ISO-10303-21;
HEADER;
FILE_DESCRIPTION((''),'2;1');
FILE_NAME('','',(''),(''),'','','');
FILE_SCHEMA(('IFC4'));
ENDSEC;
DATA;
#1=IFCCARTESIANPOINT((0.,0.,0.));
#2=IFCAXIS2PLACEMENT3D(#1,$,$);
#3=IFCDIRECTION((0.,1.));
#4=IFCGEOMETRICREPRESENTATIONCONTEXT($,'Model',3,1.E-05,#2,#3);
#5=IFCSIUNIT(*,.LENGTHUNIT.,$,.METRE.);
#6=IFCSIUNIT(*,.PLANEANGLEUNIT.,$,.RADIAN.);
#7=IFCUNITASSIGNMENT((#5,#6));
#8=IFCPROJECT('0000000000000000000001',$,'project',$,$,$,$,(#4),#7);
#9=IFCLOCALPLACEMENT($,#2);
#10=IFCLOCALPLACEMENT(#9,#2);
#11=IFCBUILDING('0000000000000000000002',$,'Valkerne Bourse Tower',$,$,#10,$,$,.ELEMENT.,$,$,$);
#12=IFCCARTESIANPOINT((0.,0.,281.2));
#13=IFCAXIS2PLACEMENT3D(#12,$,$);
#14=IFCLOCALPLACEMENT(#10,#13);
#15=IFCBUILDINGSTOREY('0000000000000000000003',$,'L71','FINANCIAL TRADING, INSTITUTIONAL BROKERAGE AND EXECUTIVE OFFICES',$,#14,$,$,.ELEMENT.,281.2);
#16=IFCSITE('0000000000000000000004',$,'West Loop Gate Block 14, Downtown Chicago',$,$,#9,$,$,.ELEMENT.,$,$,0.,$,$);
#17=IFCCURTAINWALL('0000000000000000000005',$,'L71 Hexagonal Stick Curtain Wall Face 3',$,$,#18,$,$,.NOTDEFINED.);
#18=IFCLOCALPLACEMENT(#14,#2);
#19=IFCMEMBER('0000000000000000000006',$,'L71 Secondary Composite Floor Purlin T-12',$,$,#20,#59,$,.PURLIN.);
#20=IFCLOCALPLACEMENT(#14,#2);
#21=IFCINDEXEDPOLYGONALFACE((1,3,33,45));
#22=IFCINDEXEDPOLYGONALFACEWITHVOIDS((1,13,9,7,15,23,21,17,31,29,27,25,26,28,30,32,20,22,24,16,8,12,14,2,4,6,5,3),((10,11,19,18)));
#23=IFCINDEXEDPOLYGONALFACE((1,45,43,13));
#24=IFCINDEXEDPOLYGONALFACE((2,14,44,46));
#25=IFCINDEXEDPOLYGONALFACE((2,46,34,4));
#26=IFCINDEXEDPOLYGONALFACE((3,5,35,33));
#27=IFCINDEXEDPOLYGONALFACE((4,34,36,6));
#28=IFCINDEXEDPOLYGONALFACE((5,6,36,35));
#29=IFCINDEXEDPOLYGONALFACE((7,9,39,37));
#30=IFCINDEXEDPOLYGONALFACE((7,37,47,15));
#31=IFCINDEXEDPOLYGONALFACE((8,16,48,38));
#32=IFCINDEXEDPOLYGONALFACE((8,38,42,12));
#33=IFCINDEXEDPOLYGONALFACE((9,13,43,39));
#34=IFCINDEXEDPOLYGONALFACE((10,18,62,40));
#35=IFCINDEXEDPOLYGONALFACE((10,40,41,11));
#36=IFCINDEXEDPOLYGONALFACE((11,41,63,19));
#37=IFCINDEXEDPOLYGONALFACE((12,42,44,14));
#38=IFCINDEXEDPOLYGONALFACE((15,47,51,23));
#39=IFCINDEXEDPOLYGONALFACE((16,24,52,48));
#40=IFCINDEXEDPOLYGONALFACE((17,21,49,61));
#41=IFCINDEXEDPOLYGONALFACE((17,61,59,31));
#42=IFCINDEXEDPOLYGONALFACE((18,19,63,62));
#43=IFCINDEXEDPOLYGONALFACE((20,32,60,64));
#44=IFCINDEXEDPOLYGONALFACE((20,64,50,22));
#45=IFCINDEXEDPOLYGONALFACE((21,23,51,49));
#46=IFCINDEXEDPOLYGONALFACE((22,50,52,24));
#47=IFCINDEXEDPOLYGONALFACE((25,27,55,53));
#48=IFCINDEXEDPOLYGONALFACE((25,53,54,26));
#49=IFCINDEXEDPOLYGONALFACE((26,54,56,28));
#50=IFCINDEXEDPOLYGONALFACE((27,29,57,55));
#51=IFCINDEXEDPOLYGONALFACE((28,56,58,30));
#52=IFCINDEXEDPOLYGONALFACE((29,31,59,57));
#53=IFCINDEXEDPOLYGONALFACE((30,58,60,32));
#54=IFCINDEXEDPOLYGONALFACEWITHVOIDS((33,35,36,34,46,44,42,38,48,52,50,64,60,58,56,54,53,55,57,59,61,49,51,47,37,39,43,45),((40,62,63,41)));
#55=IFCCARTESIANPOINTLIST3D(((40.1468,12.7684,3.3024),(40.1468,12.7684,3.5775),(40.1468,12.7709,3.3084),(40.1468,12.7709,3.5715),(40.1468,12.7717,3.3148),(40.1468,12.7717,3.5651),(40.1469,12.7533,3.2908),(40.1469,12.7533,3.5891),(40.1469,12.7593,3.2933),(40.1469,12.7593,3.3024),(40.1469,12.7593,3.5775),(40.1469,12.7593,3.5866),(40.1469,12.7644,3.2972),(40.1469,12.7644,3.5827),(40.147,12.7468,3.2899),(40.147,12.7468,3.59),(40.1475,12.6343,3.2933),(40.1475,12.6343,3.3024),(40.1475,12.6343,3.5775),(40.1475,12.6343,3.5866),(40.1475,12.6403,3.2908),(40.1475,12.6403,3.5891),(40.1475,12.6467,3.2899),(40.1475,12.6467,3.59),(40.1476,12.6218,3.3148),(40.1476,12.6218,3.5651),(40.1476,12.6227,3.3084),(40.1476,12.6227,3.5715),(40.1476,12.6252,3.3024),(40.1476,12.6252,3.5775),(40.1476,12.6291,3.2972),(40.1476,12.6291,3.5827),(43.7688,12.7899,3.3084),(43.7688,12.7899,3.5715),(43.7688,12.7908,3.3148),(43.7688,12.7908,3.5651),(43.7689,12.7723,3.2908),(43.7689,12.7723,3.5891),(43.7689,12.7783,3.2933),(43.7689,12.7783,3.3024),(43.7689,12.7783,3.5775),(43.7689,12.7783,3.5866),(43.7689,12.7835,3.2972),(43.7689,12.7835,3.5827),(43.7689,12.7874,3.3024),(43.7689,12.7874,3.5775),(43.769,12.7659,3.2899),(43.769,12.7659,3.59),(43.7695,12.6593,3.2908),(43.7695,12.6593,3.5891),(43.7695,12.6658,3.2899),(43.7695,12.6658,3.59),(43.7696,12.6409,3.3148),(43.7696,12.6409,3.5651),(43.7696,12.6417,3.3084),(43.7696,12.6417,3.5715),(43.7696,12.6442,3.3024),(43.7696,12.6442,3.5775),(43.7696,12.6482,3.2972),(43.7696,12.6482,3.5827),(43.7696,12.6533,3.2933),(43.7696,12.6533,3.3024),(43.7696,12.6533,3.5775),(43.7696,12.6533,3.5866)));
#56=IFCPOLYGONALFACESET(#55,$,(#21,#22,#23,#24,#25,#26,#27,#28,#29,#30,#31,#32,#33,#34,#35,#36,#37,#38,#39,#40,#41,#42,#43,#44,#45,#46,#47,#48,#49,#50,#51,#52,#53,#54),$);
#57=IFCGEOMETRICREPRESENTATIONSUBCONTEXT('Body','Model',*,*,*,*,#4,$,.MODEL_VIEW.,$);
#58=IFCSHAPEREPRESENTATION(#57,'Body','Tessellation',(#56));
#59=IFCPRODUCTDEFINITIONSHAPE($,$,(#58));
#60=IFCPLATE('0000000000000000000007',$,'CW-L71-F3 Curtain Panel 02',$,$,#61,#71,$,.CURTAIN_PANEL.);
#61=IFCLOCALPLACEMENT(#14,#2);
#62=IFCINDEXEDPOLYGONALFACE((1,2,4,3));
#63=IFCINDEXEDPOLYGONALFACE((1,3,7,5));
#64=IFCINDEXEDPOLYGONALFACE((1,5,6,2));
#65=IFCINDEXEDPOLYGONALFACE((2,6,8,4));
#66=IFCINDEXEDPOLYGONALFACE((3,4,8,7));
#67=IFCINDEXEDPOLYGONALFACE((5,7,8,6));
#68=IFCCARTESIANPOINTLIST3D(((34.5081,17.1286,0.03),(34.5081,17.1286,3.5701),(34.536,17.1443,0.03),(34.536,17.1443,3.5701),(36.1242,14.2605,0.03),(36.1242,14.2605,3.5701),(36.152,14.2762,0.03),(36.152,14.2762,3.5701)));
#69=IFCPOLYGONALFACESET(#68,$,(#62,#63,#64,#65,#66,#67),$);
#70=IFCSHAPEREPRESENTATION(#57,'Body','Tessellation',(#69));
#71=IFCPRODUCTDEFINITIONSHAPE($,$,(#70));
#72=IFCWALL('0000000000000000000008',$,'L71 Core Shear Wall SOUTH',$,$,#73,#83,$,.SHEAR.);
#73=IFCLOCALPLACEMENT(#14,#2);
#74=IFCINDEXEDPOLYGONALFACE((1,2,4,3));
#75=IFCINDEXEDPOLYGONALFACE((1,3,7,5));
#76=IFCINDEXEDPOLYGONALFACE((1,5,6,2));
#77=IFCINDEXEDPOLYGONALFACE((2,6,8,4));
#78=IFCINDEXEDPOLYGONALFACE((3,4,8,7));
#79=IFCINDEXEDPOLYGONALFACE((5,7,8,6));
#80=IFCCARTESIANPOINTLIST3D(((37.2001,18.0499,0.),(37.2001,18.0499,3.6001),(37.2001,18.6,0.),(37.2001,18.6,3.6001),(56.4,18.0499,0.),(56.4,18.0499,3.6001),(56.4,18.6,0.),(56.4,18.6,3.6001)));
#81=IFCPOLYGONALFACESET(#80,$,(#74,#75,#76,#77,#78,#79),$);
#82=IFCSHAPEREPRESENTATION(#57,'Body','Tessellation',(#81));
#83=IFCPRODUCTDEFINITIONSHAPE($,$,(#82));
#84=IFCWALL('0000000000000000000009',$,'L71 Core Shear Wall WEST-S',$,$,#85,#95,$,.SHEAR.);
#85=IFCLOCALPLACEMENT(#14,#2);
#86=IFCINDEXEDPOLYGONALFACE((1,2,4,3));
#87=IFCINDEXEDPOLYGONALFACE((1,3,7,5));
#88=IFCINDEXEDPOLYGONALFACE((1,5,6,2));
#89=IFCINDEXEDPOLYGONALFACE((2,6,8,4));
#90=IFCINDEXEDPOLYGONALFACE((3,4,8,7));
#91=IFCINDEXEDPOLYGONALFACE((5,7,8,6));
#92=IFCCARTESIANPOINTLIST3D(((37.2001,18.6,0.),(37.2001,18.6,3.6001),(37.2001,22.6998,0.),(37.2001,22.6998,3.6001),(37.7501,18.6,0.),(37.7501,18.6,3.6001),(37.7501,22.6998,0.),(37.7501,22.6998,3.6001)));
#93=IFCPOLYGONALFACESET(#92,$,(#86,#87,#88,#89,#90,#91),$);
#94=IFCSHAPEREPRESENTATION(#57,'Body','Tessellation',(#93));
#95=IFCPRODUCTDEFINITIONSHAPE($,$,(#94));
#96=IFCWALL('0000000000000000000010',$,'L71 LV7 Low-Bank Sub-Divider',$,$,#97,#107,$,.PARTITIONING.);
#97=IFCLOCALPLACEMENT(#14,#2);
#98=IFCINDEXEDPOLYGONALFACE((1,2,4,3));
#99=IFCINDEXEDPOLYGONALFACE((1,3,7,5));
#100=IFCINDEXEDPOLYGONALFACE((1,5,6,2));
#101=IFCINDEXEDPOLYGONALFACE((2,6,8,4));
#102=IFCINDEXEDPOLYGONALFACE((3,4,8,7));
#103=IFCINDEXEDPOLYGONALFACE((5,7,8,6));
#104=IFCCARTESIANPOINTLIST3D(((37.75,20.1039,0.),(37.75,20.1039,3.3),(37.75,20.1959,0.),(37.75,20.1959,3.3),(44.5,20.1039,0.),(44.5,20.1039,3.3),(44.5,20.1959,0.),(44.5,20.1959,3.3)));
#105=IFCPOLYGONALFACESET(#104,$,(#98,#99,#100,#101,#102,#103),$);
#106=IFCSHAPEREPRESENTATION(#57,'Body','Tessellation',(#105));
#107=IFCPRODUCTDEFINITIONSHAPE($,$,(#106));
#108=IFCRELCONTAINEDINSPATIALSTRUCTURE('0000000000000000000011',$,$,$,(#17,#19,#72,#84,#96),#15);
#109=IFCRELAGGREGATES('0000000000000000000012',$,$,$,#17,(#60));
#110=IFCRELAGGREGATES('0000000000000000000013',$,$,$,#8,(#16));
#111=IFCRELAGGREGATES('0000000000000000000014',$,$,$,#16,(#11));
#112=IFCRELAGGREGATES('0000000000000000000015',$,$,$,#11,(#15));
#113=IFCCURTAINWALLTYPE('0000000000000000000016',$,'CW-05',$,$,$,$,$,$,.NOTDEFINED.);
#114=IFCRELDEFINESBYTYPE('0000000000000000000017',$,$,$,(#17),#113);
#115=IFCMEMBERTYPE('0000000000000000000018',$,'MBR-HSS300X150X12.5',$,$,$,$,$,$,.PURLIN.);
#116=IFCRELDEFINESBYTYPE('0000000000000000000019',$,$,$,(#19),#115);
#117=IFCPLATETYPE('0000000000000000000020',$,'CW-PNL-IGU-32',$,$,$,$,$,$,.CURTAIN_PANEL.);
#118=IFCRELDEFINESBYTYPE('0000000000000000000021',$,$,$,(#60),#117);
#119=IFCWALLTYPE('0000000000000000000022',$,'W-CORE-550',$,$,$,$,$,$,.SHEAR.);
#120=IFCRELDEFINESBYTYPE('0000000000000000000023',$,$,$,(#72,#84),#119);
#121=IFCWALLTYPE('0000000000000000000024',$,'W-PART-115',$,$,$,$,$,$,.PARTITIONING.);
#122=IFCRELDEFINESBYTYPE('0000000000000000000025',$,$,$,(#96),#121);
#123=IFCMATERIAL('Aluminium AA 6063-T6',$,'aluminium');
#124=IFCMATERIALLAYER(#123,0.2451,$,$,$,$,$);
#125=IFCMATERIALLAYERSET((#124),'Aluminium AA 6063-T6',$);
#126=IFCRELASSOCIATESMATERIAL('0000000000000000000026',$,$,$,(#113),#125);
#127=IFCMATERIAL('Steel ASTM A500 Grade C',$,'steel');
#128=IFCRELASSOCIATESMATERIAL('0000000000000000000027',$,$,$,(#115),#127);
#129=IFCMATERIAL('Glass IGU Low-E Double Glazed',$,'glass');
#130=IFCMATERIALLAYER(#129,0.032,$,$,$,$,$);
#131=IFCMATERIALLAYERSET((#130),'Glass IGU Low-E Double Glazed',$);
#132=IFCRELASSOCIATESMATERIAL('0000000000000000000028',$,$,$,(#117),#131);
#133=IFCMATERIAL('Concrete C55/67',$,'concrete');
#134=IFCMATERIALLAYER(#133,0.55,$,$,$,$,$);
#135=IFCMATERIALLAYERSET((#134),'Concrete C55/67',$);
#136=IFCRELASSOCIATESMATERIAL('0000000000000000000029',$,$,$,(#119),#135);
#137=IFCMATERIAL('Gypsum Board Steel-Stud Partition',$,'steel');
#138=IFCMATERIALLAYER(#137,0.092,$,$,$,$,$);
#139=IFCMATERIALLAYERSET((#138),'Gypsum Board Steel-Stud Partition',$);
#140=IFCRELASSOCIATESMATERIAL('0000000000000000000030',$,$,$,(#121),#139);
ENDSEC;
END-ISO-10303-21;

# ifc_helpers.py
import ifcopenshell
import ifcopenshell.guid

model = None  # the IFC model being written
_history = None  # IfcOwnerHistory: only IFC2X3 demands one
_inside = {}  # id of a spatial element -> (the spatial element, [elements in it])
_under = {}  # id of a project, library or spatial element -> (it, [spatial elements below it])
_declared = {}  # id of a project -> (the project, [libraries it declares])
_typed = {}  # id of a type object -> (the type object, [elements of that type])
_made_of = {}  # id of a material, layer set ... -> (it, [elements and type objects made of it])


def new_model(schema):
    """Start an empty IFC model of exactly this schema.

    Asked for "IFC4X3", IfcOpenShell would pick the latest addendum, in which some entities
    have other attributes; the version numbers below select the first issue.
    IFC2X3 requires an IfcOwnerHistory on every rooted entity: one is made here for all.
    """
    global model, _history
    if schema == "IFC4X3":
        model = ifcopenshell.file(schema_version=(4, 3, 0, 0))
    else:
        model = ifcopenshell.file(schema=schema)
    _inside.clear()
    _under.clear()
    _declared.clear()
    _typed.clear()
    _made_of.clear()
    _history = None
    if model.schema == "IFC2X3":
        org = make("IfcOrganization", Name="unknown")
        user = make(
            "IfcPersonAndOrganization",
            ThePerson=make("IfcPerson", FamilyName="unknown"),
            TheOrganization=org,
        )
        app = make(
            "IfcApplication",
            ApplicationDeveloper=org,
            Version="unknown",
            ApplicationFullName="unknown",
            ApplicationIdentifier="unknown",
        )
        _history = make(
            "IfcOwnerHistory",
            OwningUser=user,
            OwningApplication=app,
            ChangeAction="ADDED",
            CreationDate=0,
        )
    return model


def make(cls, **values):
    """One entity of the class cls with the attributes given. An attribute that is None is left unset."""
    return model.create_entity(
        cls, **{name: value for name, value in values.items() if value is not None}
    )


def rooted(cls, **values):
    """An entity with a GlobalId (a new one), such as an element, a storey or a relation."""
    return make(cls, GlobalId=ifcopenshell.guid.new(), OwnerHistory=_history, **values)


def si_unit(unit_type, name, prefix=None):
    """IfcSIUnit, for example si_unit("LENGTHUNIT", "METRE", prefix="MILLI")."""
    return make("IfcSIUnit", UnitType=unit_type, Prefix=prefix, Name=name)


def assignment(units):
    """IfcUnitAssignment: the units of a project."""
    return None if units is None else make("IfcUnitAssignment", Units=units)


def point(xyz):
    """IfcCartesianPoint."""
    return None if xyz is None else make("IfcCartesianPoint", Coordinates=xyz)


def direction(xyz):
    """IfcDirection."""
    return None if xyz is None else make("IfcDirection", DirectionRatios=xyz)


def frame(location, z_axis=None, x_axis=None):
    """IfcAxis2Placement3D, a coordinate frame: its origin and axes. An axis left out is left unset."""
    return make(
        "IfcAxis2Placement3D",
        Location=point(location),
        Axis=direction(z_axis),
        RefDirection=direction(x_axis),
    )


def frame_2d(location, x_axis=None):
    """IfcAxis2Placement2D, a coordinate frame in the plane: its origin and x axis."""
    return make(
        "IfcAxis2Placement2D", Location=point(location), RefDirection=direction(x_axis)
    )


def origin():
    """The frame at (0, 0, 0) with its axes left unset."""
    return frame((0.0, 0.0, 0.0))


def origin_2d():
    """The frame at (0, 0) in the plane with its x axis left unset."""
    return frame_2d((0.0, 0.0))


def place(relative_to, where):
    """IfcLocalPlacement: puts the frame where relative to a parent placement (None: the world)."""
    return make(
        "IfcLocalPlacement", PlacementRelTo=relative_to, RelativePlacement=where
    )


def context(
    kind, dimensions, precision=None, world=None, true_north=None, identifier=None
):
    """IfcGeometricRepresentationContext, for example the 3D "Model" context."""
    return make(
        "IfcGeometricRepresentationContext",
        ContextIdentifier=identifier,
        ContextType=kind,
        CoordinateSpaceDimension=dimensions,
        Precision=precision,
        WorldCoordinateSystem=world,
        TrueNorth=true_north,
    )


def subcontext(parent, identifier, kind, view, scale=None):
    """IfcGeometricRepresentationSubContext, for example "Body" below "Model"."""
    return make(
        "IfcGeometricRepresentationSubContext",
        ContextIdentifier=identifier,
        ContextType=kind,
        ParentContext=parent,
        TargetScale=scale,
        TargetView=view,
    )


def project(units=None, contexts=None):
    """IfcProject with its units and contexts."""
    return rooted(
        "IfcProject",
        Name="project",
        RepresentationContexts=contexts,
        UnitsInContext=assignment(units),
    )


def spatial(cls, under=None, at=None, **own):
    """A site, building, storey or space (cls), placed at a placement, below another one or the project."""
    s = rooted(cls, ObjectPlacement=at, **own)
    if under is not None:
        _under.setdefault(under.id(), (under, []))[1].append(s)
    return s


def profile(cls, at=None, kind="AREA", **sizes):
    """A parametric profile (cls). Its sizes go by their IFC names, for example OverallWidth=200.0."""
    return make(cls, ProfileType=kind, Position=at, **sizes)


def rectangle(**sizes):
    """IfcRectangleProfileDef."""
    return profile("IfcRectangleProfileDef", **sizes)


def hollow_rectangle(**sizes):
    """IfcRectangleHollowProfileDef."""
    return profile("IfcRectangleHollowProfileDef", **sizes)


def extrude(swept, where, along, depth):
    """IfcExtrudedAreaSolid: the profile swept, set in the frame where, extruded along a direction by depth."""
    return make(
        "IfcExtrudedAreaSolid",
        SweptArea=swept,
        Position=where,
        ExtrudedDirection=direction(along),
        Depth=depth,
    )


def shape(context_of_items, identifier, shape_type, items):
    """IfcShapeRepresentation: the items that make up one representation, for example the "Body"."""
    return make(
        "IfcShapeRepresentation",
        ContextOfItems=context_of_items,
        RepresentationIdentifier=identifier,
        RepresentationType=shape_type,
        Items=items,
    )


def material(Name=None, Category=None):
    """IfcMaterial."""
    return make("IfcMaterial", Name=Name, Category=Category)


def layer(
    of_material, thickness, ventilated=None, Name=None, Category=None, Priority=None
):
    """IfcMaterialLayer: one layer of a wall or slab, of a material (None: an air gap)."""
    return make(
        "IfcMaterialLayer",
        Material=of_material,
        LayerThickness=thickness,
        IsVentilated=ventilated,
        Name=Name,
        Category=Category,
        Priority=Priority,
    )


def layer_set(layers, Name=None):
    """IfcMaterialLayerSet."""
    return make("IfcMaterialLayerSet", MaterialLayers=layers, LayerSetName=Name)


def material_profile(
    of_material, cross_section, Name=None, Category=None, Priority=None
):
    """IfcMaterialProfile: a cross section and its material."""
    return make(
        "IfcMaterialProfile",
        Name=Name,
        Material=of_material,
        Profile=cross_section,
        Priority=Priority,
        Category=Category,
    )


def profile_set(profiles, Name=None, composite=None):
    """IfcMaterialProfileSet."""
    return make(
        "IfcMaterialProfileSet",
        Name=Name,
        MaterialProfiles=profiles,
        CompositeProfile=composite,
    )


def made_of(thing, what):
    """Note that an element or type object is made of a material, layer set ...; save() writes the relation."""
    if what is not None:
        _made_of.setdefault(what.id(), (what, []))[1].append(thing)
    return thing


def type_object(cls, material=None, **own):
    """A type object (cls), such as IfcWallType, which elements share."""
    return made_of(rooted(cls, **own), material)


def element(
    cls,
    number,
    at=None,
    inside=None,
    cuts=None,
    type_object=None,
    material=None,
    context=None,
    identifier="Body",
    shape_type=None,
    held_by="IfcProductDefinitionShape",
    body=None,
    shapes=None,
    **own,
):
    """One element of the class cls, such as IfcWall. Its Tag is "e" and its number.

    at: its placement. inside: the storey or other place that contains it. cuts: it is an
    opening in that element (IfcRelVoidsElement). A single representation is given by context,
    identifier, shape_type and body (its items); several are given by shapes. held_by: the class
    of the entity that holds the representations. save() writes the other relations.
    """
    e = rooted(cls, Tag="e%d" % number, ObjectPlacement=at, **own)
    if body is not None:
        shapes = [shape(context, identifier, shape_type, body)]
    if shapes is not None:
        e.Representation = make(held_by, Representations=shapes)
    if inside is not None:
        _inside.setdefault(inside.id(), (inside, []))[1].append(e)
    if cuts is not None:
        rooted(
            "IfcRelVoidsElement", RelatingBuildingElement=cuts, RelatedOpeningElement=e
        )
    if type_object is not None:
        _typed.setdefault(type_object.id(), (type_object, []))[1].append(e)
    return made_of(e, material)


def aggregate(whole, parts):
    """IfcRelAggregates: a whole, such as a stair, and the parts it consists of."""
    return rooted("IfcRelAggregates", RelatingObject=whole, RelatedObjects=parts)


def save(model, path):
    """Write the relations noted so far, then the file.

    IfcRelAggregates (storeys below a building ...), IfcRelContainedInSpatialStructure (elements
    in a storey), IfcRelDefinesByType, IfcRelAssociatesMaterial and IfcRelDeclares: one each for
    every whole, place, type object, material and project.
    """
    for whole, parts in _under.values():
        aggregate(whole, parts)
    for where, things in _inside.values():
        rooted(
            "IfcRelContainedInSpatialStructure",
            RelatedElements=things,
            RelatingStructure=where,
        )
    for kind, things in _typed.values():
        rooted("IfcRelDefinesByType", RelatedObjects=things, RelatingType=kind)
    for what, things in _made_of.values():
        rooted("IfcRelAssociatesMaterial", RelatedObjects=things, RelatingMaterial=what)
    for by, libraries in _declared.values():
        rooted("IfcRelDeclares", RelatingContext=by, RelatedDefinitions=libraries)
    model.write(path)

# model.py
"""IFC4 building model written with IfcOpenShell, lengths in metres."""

from ifc_helpers import new_model, si_unit, direction, frame, frame_2d, origin, origin_2d, place, context, subcontext, project, spatial, rectangle, hollow_rectangle, extrude, material, layer, layer_set, material_profile, profile_set, type_object, element, aggregate, save


model = new_model("IFC4")

# Units and contexts
model_context = context("Model", 3, precision=1e-05, world=origin(), true_north=direction((0.0, 1.0)))
body_context = subcontext(model_context, "Body", "Model", "MODEL_VIEW")
ifc_project = project(units=[si_unit("LENGTHUNIT", "METRE"), si_unit("PLANEANGLEUNIT", "RADIAN")], contexts=[model_context])

# Site, building, storey
site_placement = place(None, origin())
site = spatial("IfcSite", under=ifc_project, at=site_placement, Name="West Loop Gate Block 14, Downtown Chicago", CompositionType="ELEMENT", RefElevation=0.0)
building_placement = place(site_placement, origin())
building = spatial("IfcBuilding", under=site, at=building_placement, Name="Valkerne Bourse Tower", CompositionType="ELEMENT")
storey_placement = place(building_placement, frame((0.0, 0.0, 281.2)))
storey = spatial("IfcBuildingStorey", under=building, at=storey_placement, Name="L71", Description="FINANCIAL TRADING, INSTITUTIONAL BROKERAGE AND EXECUTIVE OFFICES", CompositionType="ELEMENT", Elevation=281.2)

# Curtain wall
ifc_material_1 = material(Name="Aluminium AA 6063-T6", Category="aluminium")
ifc_layer_1 = layer(ifc_material_1, 0.2451)
ifc_layer_set_1 = layer_set([ifc_layer_1], Name="Aluminium AA 6063-T6")
curtain_wall_type = type_object("IfcCurtainWallType", Name="CW-05", PredefinedType="NOTDEFINED", material=ifc_layer_set_1)
curtain_wall_placement = place(storey_placement, origin())
curtain_wall = element("IfcCurtainWall", 1, at=curtain_wall_placement, inside=storey, type_object=curtain_wall_type, Name="L71 Hexagonal Stick Curtain Wall Face 3", PredefinedType="NOTDEFINED")

# Member
ifc_material_2 = material(Name="Steel ASTM A500 Grade C", Category="steel")
ifc_material_profile_1 = material_profile(ifc_material_2, hollow_rectangle(XDim=0.1499, YDim=0.3, WallThickness=0.0125, OuterFilletRadius=0.0249, at=origin_2d()), Name="HSS300X150X12.5")
ifc_profile_set_1 = profile_set([ifc_material_profile_1], Name="Steel ASTM A500 Grade C")
member_type_1 = type_object("IfcMemberType", Name="MBR-HSS300X150X12.5", PredefinedType="PURLIN", material=ifc_profile_set_1)
member_1_placement = place(storey_placement, frame((40.1472, 12.6968, 3.4399), z_axis=(0.999986, 0.005257, 0.0), x_axis=(-0.005257, 0.999986, 0.0)))
element("IfcMember", 2, at=member_1_placement, inside=storey, type_object=member_type_1, Name="L71 Secondary Composite Floor Purlin T-12", PredefinedType="PURLIN", context=body_context, shape_type="SweptSolid", body=[
    extrude(hollow_rectangle(XDim=0.1499, YDim=0.3, WallThickness=0.0125, OuterFilletRadius=0.0249, at=origin_2d()), origin(), (0.0, 0.0, 1.0), 3.6221),
])

# Plate
ifc_material_3 = material(Name="Glass IGU Low-E Double Glazed", Category="glass")
ifc_layer_2 = layer(ifc_material_3, 0.032)
ifc_layer_set_2 = layer_set([ifc_layer_2], Name="Glass IGU Low-E Double Glazed")
plate_type = type_object("IfcPlateType", Name="CW-PNL-IGU-32", PredefinedType="CURTAIN_PANEL", material=ifc_layer_set_2)
plate_placement = place(storey_placement, frame((35.3301, 15.7024, 0.03), z_axis=(0.0, 0.0, 1.0), x_axis=(0.490901, -0.871215, 0.0)))
plate = element("IfcPlate", 3, at=plate_placement, type_object=plate_type, Name="CW-L71-F3 Curtain Panel 02", PredefinedType="CURTAIN_PANEL", context=body_context, shape_type="SweptSolid", body=[
    extrude(rectangle(XDim=3.292, YDim=0.032, at=origin_2d()), origin(), (0.0, 0.0, 1.0), 3.54),
])
aggregate(curtain_wall, [plate])

# Walls
ifc_material_4 = material(Name="Concrete C55/67", Category="concrete")
ifc_layer_3 = layer(ifc_material_4, 0.55)
ifc_layer_set_3 = layer_set([ifc_layer_3], Name="Concrete C55/67")
wall_type_1 = type_object("IfcWallType", Name="W-CORE-550", PredefinedType="SHEAR", material=ifc_layer_set_3)
wall_1_placement = place(storey_placement, frame((37.2, 18.325, 0.0), z_axis=(0.0, 0.0, 1.0), x_axis=(1.0, 0.0, 0.0)))
element("IfcWall", 4, at=wall_1_placement, inside=storey, type_object=wall_type_1, Name="L71 Core Shear Wall SOUTH", PredefinedType="SHEAR", context=body_context, shape_type="SweptSolid", body=[
    extrude(rectangle(XDim=19.2, YDim=0.55, at=frame_2d((9.6001, 0.0))), origin(), (0.0, 0.0, 1.0), 3.6001),
])
wall_2_placement = place(storey_placement, frame((37.4751, 18.6001, 0.0), z_axis=(0.0, 0.0, 1.0), x_axis=(0.0, 1.0, 0.0)))
element("IfcWall", 5, at=wall_2_placement, inside=storey, type_object=wall_type_1, Name="L71 Core Shear Wall WEST-S", PredefinedType="SHEAR", context=body_context, shape_type="SweptSolid", body=[
    extrude(rectangle(XDim=4.0999, YDim=0.55, at=frame_2d((2.0498, 0.0))), origin(), (0.0, 0.0, 1.0), 3.6001),
])
ifc_material_5 = material(Name="Gypsum Board Steel-Stud Partition", Category="steel")
ifc_layer_4 = layer(ifc_material_5, 0.092)
ifc_layer_set_4 = layer_set([ifc_layer_4], Name="Gypsum Board Steel-Stud Partition")
wall_type_2 = type_object("IfcWallType", Name="W-PART-115", PredefinedType="PARTITIONING", material=ifc_layer_set_4)
wall_3_placement = place(storey_placement, frame((37.75, 20.1499, 0.0), z_axis=(0.0, 0.0, 1.0), x_axis=(1.0, 0.0, 0.0)))
element("IfcWall", 6, at=wall_3_placement, inside=storey, type_object=wall_type_2, Name="L71 LV7 Low-Bank Sub-Divider", PredefinedType="PARTITIONING", context=body_context, shape_type="SweptSolid", body=[
    extrude(rectangle(XDim=6.75, YDim=0.092, at=frame_2d((3.375, 0.0))), origin(), (0.0, 0.0, 1.0), 3.3),
])

save(model, "model.ifc")
